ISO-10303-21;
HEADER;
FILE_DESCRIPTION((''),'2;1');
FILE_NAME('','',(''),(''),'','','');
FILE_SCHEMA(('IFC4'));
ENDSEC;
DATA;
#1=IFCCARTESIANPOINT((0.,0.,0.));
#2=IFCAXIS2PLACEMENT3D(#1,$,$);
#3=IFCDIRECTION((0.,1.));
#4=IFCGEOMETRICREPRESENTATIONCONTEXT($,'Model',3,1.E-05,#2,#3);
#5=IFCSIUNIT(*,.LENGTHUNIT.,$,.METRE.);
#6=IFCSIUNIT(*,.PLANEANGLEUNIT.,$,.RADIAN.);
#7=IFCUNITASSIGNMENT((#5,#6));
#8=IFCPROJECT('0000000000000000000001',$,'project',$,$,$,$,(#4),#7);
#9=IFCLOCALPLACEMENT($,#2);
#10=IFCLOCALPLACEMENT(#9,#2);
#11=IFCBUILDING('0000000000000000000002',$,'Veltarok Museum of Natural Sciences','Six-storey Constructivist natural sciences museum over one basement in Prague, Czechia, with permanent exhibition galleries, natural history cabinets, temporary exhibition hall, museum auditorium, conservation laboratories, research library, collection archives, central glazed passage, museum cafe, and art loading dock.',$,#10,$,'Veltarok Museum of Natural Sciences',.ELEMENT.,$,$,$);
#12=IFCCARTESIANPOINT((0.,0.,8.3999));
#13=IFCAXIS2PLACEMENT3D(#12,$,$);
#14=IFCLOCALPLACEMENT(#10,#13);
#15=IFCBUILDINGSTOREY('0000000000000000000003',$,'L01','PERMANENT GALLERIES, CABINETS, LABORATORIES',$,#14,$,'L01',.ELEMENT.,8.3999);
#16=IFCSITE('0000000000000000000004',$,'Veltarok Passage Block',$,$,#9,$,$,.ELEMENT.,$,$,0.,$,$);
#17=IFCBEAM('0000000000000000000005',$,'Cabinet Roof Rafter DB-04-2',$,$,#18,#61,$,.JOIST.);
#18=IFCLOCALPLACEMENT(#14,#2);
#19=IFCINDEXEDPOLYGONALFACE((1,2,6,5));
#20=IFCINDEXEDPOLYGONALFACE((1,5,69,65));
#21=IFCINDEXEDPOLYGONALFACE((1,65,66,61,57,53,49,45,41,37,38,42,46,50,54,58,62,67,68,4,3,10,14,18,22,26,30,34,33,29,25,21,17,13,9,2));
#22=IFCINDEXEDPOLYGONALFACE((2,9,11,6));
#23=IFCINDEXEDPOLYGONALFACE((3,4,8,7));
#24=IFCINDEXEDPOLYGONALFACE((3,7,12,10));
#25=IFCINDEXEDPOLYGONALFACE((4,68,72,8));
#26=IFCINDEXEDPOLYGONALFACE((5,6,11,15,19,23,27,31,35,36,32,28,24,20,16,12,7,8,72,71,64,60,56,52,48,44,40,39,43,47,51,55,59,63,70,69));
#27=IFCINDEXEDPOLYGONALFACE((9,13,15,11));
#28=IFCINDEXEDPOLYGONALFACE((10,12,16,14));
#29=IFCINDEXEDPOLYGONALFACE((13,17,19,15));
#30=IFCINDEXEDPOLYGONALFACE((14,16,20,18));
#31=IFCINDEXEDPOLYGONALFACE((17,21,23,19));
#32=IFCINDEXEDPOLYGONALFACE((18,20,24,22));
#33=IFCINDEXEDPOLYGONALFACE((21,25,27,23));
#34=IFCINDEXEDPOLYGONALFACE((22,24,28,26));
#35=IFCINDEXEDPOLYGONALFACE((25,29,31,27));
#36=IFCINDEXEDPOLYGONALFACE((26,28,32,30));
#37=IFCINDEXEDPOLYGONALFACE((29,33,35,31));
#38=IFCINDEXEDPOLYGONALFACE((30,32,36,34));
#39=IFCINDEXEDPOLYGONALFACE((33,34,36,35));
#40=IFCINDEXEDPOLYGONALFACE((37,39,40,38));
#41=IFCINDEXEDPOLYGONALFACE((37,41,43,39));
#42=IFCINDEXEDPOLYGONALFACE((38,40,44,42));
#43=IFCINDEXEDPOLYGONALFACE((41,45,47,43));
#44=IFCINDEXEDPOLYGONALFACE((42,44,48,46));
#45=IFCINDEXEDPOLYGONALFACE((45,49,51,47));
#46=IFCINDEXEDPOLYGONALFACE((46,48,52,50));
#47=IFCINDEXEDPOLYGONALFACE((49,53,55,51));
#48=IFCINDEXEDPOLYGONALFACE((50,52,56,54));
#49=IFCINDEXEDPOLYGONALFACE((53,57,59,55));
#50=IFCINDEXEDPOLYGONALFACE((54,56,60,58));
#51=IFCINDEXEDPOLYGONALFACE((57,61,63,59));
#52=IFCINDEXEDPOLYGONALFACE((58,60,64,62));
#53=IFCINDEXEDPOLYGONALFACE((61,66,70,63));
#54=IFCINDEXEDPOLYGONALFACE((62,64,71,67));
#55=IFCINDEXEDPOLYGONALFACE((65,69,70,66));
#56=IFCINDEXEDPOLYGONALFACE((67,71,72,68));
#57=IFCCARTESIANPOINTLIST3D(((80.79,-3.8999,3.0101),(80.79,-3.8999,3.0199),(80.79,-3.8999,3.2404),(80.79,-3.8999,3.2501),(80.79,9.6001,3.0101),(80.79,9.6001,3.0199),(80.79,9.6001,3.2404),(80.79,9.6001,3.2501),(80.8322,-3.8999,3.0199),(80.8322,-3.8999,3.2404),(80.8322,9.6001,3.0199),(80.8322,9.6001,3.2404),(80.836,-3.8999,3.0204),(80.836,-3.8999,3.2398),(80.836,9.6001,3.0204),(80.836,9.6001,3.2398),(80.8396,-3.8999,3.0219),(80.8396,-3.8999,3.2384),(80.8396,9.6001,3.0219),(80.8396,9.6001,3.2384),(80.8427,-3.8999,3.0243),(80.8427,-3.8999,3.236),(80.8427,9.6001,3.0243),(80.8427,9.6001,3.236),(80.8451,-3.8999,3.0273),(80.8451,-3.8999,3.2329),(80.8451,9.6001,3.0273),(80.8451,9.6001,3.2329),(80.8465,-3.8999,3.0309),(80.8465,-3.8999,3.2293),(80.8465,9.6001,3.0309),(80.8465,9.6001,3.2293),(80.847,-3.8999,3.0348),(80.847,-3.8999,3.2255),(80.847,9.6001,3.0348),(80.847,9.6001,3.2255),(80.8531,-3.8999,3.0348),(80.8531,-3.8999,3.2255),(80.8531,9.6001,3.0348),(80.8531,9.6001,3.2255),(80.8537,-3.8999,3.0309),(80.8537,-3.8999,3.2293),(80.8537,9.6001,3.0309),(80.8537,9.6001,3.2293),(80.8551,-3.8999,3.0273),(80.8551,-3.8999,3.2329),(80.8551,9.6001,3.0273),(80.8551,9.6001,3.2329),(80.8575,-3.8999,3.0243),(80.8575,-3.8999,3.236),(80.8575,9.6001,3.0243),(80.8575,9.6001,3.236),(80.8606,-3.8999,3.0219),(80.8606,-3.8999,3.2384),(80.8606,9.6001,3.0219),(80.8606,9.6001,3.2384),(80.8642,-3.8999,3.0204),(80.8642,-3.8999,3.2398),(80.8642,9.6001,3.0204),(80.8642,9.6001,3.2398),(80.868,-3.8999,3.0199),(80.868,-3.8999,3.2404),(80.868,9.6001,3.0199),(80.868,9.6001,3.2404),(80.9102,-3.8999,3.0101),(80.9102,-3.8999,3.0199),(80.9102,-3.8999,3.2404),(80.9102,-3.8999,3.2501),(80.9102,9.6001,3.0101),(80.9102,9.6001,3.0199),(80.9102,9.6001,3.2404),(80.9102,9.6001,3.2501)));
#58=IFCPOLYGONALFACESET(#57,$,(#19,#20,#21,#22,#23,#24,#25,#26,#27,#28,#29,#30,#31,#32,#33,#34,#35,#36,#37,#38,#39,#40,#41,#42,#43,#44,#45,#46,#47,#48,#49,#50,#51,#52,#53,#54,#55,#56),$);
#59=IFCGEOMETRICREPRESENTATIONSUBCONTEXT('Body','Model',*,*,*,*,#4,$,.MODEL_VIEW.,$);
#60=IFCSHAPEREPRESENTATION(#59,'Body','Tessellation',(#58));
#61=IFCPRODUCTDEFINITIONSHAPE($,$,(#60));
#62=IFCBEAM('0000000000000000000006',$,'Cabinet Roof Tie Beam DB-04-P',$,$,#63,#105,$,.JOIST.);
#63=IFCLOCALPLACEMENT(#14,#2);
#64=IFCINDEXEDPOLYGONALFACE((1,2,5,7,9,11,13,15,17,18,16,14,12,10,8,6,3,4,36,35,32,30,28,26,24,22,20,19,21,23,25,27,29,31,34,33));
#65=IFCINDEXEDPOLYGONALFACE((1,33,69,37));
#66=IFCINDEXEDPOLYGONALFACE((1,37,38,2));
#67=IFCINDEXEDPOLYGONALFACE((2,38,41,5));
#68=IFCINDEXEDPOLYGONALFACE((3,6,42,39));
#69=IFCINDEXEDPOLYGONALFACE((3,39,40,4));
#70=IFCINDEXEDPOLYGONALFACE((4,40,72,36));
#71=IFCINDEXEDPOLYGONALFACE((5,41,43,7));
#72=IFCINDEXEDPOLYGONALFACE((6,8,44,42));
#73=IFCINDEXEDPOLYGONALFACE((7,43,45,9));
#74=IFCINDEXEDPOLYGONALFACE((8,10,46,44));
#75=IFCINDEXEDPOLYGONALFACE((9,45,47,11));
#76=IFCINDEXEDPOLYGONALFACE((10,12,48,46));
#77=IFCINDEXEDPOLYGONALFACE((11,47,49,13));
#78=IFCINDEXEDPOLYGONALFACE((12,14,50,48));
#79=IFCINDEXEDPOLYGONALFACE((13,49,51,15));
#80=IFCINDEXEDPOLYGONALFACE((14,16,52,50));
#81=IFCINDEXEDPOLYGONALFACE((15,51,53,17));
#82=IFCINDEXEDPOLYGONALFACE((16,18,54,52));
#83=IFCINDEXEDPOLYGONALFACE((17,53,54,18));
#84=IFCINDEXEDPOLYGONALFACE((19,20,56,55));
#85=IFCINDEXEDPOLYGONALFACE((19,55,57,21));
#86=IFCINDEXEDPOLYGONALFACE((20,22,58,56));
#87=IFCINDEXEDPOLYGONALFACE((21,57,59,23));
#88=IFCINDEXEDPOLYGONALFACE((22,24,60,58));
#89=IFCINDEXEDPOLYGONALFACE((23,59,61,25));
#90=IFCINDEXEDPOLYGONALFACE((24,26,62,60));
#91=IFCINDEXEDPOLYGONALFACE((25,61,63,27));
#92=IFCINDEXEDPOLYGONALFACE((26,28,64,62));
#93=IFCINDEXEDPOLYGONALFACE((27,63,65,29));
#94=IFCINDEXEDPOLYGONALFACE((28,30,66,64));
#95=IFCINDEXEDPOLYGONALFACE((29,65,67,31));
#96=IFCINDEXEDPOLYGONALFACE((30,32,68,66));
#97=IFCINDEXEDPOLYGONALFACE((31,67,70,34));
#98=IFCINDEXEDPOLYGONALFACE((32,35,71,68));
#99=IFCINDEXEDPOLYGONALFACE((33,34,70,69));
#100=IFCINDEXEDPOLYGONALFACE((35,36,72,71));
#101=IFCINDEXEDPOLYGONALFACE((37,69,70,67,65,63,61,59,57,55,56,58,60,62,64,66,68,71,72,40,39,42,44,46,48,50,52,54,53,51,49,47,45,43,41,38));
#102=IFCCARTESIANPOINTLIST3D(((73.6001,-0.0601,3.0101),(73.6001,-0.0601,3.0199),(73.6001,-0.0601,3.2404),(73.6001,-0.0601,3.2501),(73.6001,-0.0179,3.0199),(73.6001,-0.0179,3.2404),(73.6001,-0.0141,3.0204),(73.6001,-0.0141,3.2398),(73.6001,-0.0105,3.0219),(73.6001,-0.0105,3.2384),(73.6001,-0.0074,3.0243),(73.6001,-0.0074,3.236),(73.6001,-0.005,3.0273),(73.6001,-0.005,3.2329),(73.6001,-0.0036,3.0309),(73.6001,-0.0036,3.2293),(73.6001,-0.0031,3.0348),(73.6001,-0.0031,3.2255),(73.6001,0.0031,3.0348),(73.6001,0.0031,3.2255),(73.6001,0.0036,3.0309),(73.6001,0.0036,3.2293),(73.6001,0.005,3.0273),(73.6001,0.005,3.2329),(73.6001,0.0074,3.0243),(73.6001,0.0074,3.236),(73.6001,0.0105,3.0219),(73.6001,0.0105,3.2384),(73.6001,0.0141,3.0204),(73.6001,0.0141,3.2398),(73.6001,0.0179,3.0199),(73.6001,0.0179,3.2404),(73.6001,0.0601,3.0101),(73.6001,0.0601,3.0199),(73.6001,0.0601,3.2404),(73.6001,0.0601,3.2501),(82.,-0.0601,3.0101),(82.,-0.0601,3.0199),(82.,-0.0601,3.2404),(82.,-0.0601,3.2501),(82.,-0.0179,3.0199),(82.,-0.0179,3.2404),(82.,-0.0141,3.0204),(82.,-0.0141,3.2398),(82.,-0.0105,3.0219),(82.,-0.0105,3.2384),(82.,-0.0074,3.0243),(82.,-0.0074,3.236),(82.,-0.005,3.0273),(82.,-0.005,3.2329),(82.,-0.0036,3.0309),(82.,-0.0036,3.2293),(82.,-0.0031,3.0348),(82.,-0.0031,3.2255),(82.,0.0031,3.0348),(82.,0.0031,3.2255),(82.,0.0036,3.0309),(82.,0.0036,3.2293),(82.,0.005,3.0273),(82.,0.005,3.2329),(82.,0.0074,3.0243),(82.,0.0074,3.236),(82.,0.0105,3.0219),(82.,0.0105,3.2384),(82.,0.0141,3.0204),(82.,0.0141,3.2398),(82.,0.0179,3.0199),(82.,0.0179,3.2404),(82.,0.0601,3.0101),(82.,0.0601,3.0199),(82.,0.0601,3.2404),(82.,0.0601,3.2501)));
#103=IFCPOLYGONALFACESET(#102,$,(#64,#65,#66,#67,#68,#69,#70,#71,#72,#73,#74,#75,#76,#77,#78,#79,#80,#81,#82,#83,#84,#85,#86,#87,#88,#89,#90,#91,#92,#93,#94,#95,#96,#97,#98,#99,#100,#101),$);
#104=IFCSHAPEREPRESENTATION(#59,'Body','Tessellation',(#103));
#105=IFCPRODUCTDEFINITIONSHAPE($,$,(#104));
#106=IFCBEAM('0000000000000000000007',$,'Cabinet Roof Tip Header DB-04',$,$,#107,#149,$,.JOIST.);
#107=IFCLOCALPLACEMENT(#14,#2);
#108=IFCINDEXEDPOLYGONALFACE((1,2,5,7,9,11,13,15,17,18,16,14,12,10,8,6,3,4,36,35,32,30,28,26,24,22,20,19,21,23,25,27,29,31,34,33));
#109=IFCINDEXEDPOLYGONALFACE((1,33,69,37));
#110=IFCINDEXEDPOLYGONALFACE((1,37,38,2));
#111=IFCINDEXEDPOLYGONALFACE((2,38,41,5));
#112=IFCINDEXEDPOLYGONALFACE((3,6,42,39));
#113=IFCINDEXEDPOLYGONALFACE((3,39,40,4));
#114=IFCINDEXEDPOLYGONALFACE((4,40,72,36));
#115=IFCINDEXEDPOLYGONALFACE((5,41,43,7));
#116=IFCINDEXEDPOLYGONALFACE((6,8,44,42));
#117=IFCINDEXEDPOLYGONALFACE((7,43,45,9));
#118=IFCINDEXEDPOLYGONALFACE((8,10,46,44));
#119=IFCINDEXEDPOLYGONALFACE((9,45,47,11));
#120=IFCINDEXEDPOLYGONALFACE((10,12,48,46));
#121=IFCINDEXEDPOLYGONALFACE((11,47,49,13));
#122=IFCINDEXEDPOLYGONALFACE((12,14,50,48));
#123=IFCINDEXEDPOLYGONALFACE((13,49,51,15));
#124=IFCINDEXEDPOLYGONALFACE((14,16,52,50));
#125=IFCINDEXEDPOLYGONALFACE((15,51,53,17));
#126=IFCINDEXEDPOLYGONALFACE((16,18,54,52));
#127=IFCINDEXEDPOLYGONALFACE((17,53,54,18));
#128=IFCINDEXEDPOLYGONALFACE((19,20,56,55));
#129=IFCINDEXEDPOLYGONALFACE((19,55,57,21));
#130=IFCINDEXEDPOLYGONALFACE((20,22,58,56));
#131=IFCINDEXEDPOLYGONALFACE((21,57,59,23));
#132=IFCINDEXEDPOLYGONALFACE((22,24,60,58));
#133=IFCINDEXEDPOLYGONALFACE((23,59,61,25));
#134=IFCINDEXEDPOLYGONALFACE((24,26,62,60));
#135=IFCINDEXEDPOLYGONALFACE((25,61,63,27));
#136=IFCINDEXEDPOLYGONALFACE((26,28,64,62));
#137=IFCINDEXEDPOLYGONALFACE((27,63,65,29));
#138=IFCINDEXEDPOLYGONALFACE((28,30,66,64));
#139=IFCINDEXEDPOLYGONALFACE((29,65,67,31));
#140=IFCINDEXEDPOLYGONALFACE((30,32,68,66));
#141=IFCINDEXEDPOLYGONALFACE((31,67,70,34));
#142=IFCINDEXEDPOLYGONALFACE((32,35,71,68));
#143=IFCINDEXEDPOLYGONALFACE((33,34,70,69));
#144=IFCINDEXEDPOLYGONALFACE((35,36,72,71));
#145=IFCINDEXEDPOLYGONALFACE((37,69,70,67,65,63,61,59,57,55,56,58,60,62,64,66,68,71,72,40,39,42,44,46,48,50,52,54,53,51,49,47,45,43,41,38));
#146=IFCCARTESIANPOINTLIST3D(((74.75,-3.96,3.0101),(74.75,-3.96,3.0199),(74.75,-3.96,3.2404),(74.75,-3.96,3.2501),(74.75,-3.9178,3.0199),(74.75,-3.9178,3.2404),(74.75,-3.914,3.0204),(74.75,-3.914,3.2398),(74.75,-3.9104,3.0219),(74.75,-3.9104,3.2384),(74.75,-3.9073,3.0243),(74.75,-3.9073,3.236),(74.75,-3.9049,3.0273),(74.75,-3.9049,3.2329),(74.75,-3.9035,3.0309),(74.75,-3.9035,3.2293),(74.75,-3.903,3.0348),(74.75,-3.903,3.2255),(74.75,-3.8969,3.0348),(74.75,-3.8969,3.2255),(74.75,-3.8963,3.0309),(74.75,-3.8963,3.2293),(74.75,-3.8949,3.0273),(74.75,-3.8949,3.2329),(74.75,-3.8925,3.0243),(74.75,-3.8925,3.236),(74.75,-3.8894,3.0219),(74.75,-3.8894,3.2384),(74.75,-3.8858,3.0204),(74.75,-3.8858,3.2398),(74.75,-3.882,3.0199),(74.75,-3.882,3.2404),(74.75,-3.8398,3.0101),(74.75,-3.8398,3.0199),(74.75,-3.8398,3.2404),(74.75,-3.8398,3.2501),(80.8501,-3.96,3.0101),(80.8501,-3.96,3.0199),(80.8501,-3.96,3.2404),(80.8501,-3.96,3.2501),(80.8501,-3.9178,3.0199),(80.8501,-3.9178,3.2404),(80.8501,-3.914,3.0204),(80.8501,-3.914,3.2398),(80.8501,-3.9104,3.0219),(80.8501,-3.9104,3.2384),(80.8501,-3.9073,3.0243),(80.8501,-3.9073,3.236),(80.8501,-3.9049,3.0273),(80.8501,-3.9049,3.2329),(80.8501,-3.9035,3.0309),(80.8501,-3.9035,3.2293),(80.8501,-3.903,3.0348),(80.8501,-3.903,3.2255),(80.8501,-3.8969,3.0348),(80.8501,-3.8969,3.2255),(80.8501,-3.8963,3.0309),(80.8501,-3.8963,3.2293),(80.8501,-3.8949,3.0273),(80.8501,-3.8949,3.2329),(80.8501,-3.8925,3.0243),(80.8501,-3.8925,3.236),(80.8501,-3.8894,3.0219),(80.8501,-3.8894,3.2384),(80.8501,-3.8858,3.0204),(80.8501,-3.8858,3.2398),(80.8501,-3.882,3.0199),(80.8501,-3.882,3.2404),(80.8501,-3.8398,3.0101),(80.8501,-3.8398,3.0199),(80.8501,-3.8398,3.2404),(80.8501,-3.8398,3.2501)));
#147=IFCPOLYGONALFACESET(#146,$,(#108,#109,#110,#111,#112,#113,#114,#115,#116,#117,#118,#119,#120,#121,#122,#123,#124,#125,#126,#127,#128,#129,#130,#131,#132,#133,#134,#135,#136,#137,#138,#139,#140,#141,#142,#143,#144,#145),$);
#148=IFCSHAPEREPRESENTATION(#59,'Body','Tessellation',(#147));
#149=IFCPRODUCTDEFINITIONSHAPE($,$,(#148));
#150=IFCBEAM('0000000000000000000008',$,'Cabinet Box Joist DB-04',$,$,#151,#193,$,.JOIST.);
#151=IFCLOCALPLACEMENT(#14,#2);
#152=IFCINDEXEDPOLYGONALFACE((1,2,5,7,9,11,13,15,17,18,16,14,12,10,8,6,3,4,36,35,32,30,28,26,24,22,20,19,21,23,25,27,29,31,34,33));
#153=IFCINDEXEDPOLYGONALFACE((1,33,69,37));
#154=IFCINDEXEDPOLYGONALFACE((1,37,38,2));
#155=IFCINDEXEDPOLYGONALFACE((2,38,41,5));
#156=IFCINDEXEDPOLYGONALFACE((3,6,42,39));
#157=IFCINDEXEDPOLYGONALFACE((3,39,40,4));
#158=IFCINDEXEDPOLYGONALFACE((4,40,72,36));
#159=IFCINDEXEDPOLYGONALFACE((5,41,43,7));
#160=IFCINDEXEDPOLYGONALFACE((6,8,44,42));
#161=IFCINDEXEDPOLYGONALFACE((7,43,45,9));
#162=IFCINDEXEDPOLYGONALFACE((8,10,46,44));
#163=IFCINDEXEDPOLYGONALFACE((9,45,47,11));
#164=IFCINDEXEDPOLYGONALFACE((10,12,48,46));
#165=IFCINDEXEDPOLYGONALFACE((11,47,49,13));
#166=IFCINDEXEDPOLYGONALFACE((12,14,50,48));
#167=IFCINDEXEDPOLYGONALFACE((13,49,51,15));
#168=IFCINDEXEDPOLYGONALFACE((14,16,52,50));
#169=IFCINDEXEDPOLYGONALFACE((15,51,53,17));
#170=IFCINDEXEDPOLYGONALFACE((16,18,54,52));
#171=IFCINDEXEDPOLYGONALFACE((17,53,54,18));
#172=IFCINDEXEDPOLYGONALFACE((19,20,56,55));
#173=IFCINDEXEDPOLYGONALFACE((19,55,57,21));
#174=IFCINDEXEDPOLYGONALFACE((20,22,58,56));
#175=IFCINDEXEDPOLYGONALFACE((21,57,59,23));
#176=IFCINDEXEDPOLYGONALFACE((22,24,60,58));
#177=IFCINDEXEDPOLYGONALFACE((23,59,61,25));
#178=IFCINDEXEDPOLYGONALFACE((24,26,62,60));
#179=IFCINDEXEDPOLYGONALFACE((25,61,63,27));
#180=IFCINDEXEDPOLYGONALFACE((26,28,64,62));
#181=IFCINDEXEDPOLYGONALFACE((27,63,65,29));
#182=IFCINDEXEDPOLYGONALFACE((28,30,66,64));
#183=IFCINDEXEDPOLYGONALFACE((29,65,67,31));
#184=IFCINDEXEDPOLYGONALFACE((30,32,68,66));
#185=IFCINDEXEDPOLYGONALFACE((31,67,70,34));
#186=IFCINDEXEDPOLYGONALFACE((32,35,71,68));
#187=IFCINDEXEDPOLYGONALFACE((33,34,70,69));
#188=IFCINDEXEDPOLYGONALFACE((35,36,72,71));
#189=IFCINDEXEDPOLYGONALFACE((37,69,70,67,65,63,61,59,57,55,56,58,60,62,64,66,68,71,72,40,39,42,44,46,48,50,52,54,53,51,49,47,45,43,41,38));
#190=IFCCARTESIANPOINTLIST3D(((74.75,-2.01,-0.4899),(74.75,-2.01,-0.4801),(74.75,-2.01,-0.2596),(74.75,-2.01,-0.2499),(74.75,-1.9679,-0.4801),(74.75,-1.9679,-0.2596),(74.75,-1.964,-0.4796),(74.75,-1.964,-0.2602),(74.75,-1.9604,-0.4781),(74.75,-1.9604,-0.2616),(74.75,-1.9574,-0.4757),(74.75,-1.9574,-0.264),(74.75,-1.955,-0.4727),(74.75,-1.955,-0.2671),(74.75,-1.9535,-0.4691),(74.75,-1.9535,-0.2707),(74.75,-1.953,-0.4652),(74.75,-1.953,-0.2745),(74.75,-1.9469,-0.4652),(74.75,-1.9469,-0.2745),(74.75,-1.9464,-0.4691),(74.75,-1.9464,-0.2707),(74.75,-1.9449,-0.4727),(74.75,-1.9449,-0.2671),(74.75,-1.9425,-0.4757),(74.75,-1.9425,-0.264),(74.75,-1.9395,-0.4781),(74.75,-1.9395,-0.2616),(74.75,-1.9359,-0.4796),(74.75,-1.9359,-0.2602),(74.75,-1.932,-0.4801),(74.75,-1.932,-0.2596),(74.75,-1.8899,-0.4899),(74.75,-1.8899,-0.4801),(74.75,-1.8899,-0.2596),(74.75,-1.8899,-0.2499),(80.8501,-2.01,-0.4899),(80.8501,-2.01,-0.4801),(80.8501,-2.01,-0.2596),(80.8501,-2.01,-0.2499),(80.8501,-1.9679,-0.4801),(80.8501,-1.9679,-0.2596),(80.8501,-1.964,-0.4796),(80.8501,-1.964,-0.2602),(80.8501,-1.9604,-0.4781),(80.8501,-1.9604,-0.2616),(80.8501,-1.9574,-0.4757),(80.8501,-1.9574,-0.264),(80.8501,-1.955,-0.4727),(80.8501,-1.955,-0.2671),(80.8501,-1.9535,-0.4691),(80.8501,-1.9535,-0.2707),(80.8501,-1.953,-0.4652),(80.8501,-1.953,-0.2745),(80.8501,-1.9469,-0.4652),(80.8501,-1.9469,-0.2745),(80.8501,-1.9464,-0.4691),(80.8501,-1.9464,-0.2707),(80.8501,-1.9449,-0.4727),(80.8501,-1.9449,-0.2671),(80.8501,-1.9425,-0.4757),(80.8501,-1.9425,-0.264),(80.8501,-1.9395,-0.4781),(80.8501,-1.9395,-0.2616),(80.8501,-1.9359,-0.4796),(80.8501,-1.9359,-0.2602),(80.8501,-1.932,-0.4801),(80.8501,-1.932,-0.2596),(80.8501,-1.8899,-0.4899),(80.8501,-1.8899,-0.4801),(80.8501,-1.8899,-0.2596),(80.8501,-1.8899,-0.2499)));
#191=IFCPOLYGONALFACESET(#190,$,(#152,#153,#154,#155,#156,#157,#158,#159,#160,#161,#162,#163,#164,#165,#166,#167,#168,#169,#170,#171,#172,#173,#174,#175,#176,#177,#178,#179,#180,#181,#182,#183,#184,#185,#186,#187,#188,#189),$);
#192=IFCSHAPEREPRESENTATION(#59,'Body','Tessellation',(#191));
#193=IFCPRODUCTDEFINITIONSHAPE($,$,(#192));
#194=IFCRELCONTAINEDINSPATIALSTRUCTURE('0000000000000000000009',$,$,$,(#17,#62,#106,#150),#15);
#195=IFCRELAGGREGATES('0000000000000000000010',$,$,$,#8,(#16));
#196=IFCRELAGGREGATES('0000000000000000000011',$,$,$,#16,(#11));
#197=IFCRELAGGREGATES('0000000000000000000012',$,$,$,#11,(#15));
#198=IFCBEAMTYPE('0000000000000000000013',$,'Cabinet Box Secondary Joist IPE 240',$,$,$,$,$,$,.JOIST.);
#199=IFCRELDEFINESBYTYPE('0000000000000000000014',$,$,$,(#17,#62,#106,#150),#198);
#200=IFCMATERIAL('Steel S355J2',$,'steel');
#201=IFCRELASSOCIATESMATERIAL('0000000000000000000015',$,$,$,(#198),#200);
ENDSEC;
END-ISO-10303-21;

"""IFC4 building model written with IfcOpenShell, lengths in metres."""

from ifc_helpers import new_model, si_unit, direction, frame, origin, origin_2d, place, context, subcontext, project, spatial, i_section, extrude, material, material_profile, profile_set, type_object, element, save


model = new_model("IFC4")

# Units and contexts
model_context = context("Model", 3, precision=1e-05, world=origin(), true_north=direction((0.0, 1.0)))
body_context = subcontext(model_context, "Body", "Model", "MODEL_VIEW")
ifc_project = project(units=[si_unit("LENGTHUNIT", "METRE"), si_unit("PLANEANGLEUNIT", "RADIAN")], contexts=[model_context])

# Site, building, storey
site_placement = place(None, origin())
site = spatial("IfcSite", under=ifc_project, at=site_placement, Name="Veltarok Passage Block", CompositionType="ELEMENT", RefElevation=0.0)
building_placement = place(site_placement, origin())
building = spatial("IfcBuilding", under=site, at=building_placement, Name="Veltarok Museum of Natural Sciences", Description="Six-storey Constructivist natural sciences museum over one basement in Prague, Czechia, with permanent exhibition galleries, natural history cabinets, temporary exhibition hall, museum auditorium, conservation laboratories, research library, collection archives, central glazed passage, museum cafe, and art loading dock.", LongName="Veltarok Museum of Natural Sciences", CompositionType="ELEMENT")
storey_placement = place(building_placement, frame((0.0, 0.0, 8.3999)))
storey = spatial("IfcBuildingStorey", under=building, at=storey_placement, Name="L01", Description="PERMANENT GALLERIES, CABINETS, LABORATORIES", LongName="L01", CompositionType="ELEMENT", Elevation=8.3999)

# Beams
ifc_material_1 = material(Name="Steel S355J2", Category="steel")
ifc_material_profile_1 = material_profile(ifc_material_1, i_section(OverallWidth=0.1201, OverallDepth=0.24, WebThickness=0.0061, FlangeThickness=0.0098, FilletRadius=0.0149, at=origin_2d()), Name="IPE 240")
ifc_profile_set_1 = profile_set([ifc_material_profile_1], Name="Steel S355J2")
beam_type_1 = type_object("IfcBeamType", Name="Cabinet Box Secondary Joist IPE 240", PredefinedType="JOIST", material=ifc_profile_set_1)
for number, where, z_axis, x_axis, name in (
    (1, (80.8501, -3.8999, 3.1301), (0.0, 1.0, 0.0), (-1.0, 0.0, 0.0), "Cabinet Roof Rafter DB-04-2"),
):
    element("IfcBeam", number, at=place(storey_placement, frame(where, z_axis=z_axis, x_axis=x_axis)), inside=storey, type_object=beam_type_1, Name=name, PredefinedType="JOIST", context=body_context, shape_type="SweptSolid", body=[
        extrude(i_section(OverallWidth=0.1201, OverallDepth=0.24, WebThickness=0.0061, FlangeThickness=0.0098, FilletRadius=0.0149, at=origin_2d()), origin(), (0.0, 0.0, 1.0), 13.5),
    ])
beam_1_placement = place(storey_placement, frame((73.6001, 0.0, 3.1301), z_axis=(1.0, 0.0, 0.0), x_axis=(0.0, 1.0, 0.0)))
element("IfcBeam", 2, at=beam_1_placement, inside=storey, type_object=beam_type_1, Name="Cabinet Roof Tie Beam DB-04-P", PredefinedType="JOIST", context=body_context, shape_type="SweptSolid", body=[
    extrude(i_section(OverallWidth=0.1201, OverallDepth=0.24, WebThickness=0.0061, FlangeThickness=0.0098, FilletRadius=0.0149, at=origin_2d()), origin(), (0.0, 0.0, 1.0), 8.3999),
])
for number, where, z_axis, x_axis, name in (
    (3, (74.75, -3.8999, 3.1301), (1.0, 0.0, 0.0), (0.0, 1.0, 0.0), "Cabinet Roof Tip Header DB-04"),
    (4, (74.75, -1.95, -0.3699), (1.0, 0.0, 0.0), (0.0, 1.0, 0.0), "Cabinet Box Joist DB-04"),
):
    element("IfcBeam", number, at=place(storey_placement, frame(where, z_axis=z_axis, x_axis=x_axis)), inside=storey, type_object=beam_type_1, Name=name, PredefinedType="JOIST", context=body_context, shape_type="SweptSolid", body=[
        extrude(i_section(OverallWidth=0.1201, OverallDepth=0.24, WebThickness=0.0061, FlangeThickness=0.0098, FilletRadius=0.0149, at=origin_2d()), origin(), (0.0, 0.0, 1.0), 6.1001),
    ])

save(model, "model.ifc")
